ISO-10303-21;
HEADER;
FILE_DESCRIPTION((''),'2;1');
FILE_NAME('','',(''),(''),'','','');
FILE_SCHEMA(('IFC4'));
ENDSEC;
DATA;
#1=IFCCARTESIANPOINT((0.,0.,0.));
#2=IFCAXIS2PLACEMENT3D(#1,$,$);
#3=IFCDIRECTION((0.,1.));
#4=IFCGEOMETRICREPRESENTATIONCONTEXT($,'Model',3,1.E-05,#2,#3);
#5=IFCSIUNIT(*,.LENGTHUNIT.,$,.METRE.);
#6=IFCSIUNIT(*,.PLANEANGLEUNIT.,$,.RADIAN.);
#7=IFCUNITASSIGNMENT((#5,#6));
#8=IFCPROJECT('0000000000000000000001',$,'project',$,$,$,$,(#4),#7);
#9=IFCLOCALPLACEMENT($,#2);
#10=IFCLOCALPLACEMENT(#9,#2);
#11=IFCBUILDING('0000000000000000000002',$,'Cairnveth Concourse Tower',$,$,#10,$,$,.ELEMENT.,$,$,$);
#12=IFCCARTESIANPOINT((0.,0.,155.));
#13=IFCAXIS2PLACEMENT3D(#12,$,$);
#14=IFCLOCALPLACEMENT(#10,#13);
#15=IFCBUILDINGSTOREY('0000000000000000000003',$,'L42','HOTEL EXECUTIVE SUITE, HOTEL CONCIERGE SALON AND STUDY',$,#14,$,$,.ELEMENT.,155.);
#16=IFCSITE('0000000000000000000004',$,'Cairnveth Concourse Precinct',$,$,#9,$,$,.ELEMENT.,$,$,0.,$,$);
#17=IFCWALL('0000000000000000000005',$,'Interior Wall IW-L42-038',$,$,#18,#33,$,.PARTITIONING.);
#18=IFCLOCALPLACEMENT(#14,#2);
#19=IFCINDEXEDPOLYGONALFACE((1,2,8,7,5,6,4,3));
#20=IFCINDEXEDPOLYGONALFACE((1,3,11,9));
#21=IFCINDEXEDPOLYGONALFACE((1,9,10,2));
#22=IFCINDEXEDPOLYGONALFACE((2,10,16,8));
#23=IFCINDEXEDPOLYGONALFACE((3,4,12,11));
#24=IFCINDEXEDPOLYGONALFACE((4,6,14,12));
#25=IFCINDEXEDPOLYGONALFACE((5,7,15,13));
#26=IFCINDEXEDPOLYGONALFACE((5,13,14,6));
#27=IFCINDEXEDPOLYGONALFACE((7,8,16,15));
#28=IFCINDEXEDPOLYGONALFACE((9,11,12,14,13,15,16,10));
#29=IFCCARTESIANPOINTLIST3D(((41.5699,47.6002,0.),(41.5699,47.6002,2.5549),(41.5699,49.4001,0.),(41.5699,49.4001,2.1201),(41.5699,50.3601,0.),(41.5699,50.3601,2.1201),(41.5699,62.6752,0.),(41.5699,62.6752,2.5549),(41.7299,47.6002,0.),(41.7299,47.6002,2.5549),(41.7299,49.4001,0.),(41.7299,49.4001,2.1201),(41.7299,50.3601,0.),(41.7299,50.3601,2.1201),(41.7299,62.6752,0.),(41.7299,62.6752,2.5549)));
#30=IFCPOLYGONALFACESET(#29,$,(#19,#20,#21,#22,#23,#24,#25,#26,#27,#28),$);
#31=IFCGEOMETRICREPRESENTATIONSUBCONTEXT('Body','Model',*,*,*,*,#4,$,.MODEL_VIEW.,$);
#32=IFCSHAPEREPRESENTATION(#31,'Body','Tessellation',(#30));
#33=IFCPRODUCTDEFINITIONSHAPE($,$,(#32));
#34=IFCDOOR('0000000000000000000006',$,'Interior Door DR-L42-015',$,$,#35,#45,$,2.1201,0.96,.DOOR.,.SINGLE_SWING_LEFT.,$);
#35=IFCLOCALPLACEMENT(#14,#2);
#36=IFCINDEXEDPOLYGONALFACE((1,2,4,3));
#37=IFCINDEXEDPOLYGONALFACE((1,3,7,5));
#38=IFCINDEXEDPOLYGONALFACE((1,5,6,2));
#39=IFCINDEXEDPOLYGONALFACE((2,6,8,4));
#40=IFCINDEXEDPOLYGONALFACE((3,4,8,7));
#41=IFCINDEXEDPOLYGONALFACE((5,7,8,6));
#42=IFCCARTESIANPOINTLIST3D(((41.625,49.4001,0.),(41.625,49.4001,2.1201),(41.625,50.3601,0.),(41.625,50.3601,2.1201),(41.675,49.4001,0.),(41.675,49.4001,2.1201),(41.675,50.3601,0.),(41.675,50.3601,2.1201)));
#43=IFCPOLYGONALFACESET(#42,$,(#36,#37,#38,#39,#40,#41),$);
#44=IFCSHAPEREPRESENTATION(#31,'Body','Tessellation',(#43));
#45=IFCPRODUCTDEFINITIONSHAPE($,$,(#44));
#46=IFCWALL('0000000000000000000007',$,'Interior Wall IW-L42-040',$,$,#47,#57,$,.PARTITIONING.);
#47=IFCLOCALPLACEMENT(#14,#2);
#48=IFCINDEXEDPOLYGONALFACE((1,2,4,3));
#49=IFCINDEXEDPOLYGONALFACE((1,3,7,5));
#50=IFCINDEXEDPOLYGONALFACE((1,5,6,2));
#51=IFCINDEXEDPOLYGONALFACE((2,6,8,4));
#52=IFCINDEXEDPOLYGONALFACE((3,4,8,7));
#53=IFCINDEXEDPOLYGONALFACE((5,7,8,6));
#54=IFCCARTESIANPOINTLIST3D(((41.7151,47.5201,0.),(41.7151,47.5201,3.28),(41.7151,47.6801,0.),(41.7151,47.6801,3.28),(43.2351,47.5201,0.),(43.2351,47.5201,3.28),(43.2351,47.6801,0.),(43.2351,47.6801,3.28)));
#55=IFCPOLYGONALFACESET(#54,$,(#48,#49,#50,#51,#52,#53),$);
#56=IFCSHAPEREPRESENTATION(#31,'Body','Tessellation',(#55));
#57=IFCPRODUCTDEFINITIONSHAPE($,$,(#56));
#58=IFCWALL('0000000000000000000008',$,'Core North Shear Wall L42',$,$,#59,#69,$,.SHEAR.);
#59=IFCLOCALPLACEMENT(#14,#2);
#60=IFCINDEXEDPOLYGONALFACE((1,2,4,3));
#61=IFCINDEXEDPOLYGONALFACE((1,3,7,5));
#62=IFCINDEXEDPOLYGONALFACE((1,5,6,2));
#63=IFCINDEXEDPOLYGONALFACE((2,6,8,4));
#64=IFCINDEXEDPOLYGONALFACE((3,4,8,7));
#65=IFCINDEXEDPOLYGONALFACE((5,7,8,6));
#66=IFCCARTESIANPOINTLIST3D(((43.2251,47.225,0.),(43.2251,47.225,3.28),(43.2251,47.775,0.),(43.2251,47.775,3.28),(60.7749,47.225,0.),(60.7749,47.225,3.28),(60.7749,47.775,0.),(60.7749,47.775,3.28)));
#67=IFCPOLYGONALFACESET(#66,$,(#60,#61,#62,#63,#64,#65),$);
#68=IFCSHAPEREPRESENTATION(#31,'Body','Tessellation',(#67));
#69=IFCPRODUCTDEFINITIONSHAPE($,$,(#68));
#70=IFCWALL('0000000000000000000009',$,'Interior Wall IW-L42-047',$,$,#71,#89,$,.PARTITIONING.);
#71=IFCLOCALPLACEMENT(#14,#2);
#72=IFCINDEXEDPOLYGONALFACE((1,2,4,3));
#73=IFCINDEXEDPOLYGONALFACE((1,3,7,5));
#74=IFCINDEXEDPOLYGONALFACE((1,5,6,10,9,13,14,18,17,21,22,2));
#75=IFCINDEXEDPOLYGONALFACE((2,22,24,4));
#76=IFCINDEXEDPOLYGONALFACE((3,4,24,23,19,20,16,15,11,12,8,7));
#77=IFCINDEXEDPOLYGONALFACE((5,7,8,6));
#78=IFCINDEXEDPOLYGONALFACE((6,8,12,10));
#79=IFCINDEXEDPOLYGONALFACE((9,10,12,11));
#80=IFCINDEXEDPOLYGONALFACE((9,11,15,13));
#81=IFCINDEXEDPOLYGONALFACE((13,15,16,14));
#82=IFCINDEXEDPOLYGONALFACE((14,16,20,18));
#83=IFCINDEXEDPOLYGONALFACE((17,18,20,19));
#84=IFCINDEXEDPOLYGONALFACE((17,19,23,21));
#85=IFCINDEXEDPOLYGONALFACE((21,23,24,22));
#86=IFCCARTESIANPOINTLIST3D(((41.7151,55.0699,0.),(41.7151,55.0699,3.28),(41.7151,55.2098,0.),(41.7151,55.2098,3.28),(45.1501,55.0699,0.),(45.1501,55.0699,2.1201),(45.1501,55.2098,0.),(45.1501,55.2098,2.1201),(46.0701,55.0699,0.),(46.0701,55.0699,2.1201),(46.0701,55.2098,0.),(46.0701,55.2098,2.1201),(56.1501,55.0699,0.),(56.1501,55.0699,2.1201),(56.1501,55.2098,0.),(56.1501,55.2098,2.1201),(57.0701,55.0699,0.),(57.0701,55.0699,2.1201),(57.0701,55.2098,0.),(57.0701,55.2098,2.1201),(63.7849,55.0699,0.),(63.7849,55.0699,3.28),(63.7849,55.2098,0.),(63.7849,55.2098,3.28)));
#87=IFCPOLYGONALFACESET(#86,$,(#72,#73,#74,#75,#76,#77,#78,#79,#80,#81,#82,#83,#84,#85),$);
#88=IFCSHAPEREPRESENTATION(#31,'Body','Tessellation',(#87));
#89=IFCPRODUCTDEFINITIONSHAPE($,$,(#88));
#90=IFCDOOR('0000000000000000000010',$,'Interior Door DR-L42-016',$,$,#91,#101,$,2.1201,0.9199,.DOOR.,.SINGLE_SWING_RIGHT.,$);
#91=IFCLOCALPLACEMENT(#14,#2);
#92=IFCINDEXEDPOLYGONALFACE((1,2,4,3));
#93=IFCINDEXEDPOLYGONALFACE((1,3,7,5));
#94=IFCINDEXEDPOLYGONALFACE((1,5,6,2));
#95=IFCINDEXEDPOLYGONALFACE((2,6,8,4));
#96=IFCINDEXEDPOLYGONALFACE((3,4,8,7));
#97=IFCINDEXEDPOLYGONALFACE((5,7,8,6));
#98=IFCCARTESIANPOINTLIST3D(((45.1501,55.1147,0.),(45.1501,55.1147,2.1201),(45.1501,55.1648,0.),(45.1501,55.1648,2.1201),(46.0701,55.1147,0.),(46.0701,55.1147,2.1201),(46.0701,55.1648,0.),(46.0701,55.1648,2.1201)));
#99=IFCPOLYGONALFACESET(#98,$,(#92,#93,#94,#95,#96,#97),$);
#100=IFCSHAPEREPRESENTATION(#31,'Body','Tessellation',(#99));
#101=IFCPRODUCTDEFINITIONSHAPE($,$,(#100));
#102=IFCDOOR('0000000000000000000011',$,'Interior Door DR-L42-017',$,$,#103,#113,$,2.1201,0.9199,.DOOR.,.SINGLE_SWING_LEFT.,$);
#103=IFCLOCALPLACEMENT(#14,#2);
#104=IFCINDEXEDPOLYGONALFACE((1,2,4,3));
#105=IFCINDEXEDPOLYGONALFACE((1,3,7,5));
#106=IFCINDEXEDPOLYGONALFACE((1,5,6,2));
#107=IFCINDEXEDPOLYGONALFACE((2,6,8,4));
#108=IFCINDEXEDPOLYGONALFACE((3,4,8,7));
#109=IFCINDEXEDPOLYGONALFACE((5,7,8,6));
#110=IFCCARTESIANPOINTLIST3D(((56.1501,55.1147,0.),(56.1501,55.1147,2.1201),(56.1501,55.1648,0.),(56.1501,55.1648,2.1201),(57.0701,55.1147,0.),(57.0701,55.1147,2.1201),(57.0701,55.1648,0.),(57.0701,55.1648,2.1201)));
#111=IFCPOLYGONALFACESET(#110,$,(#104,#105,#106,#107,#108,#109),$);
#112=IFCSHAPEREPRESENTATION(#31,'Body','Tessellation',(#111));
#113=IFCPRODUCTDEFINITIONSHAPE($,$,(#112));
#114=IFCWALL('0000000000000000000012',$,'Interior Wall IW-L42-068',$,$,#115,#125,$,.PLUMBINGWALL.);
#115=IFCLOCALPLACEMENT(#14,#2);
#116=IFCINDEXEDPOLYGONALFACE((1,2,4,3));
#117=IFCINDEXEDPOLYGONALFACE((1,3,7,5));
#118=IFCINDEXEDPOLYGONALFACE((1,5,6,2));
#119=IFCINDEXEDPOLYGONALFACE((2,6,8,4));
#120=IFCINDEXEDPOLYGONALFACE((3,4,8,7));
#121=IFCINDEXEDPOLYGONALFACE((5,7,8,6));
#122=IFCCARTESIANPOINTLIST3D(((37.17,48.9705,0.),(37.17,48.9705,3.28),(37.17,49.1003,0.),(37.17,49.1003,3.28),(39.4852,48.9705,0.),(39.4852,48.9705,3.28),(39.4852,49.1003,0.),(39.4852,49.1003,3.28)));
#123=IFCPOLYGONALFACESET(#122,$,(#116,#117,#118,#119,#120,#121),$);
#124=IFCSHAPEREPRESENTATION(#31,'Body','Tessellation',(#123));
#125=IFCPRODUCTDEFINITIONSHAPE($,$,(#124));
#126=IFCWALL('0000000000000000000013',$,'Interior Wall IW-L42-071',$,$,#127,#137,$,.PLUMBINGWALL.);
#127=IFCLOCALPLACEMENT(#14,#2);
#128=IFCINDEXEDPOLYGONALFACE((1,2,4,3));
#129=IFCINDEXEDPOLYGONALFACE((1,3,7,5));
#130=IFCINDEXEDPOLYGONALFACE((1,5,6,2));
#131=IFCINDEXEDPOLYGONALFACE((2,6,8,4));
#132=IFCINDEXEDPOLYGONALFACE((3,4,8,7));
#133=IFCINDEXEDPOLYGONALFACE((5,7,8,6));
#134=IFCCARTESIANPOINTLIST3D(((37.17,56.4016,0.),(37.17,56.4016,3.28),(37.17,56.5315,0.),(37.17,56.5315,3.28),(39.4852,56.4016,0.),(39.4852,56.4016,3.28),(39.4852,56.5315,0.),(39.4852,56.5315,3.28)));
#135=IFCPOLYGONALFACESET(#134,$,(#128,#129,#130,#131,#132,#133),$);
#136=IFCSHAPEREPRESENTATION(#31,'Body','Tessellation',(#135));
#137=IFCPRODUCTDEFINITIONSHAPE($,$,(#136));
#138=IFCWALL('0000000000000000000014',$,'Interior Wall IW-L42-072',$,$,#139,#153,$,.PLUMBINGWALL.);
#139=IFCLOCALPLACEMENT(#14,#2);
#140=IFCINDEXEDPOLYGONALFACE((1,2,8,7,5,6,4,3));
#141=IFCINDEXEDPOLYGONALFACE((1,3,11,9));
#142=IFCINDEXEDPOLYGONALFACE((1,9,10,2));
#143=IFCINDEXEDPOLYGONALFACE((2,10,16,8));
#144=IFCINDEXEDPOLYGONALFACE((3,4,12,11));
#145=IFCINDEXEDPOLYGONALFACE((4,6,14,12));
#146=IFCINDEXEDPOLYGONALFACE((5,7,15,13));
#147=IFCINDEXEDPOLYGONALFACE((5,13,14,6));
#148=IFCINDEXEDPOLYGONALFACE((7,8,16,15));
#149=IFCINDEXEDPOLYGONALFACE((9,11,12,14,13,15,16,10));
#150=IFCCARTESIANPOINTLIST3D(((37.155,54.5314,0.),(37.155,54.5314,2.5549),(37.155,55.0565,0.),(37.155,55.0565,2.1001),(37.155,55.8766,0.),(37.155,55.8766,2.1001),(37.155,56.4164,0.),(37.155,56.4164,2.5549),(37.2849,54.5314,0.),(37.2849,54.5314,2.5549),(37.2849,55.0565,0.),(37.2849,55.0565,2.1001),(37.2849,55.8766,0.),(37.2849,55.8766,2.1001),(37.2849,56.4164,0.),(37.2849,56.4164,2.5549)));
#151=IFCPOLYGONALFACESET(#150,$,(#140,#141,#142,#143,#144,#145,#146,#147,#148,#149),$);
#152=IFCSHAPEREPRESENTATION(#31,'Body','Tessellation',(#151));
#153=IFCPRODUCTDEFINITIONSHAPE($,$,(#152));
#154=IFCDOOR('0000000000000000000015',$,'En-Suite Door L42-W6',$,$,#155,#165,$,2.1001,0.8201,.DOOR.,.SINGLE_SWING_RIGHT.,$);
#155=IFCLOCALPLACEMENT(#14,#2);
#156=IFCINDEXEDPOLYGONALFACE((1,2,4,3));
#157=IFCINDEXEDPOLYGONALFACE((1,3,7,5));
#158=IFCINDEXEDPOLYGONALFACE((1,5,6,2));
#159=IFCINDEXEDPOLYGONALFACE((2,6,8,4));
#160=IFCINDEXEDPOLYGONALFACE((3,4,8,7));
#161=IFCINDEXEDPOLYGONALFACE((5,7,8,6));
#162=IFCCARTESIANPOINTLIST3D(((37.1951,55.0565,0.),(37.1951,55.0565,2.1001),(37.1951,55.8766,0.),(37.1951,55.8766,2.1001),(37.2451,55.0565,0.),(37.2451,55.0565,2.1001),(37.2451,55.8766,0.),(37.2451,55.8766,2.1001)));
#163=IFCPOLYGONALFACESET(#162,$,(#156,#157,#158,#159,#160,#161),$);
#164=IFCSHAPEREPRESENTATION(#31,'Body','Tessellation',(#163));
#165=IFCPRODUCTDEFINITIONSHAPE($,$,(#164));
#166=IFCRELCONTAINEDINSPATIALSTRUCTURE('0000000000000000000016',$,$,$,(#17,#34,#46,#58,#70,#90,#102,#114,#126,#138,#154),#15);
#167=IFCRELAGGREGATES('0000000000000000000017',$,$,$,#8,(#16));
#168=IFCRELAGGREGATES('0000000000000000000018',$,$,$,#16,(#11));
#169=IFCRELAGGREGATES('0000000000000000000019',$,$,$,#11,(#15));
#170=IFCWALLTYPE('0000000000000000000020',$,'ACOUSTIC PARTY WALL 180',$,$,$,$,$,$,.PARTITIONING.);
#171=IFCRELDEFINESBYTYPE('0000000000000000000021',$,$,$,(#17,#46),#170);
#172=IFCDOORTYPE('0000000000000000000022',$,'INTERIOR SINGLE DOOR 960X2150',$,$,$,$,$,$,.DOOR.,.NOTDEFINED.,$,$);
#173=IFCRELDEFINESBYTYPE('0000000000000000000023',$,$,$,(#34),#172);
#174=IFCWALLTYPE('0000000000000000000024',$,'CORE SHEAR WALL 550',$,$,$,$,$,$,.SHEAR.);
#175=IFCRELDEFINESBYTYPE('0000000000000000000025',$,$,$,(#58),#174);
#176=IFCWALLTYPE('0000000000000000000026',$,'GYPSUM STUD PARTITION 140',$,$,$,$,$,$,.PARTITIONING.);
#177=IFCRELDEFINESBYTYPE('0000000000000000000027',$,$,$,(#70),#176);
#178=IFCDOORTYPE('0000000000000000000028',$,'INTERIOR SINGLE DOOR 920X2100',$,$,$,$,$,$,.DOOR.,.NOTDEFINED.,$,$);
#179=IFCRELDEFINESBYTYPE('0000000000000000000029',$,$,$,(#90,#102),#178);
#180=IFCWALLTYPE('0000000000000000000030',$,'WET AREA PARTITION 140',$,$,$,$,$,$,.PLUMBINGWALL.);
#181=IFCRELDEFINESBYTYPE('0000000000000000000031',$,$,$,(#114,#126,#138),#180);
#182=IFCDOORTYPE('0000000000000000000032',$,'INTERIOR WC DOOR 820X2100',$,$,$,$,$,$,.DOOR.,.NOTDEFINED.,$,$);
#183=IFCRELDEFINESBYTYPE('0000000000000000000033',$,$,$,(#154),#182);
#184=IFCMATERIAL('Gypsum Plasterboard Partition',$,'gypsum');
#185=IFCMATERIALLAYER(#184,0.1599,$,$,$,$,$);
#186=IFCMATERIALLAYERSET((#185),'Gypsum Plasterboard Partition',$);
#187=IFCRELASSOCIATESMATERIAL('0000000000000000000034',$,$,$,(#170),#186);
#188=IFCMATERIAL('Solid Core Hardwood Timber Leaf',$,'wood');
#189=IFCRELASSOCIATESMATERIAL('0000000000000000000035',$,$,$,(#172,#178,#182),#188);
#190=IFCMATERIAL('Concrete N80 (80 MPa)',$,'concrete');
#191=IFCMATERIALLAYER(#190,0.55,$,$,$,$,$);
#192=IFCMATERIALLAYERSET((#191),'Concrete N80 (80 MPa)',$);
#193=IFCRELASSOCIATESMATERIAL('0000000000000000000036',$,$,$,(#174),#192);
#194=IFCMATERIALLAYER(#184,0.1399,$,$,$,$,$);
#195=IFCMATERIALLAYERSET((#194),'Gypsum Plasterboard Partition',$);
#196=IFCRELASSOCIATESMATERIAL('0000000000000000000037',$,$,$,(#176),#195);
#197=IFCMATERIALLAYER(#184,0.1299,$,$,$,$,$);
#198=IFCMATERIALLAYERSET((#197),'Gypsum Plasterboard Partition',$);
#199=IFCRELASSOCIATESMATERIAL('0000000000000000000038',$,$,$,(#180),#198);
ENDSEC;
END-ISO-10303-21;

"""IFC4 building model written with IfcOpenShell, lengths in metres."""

from ifc_helpers import new_model, si_unit, direction, frame, frame_2d, origin, place, context, subcontext, project, spatial, rectangle, extrude, material, layer, layer_set, type_object, element, fill, save


model = new_model("IFC4")

# Units and contexts
model_context = context("Model", 3, precision=1e-05, world=origin(), true_north=direction((0.0, 1.0)))
body_context = subcontext(model_context, "Body", "Model", "MODEL_VIEW")
ifc_project = project(units=[si_unit("LENGTHUNIT", "METRE"), si_unit("PLANEANGLEUNIT", "RADIAN")], contexts=[model_context])

# Site, building, storey
site_placement = place(None, origin())
site = spatial("IfcSite", under=ifc_project, at=site_placement, Name="Cairnveth Concourse Precinct", CompositionType="ELEMENT", RefElevation=0.0)
building_placement = place(site_placement, origin())
building = spatial("IfcBuilding", under=site, at=building_placement, Name="Cairnveth Concourse Tower", CompositionType="ELEMENT")
storey_placement = place(building_placement, frame((0.0, 0.0, 155.0)))
storey = spatial("IfcBuildingStorey", under=building, at=storey_placement, Name="L42", Description="HOTEL EXECUTIVE SUITE, HOTEL CONCIERGE SALON AND STUDY", CompositionType="ELEMENT", Elevation=155.0)

# Wall, opening, door
ifc_material_1 = material(Name="Gypsum Plasterboard Partition", Category="gypsum")
ifc_layer_1 = layer(ifc_material_1, 0.1599)
ifc_layer_set_1 = layer_set([ifc_layer_1], Name="Gypsum Plasterboard Partition")
wall_type_1 = type_object("IfcWallType", Name="ACOUSTIC PARTY WALL 180", PredefinedType="PARTITIONING", material=ifc_layer_set_1)
wall_1_placement = place(storey_placement, frame((41.6499, 47.6001, 0.0), z_axis=(0.0, 0.0, 1.0), x_axis=(0.0, 1.0, 0.0)))
wall_1 = element("IfcWall", 1, at=wall_1_placement, inside=storey, type_object=wall_type_1, Name="Interior Wall IW-L42-038", PredefinedType="PARTITIONING", context=body_context, shape_type="SweptSolid", body=[
    extrude(rectangle(XDim=15.075, YDim=0.1599, at=frame_2d((7.5376, 0.0))), origin(), (0.0, 0.0, 1.0), 2.5549),
])
opening_1_placement = place(wall_1_placement, frame((1.8, 0.0, 0.0)))
opening_1 = element("IfcOpeningElement", 2, at=opening_1_placement, cuts=wall_1, PredefinedType="OPENING", context=body_context, shape_type="SweptSolid", body=[
    extrude(rectangle(XDim=0.96, YDim=2.1201, at=frame_2d((0.48, 1.0601))), frame((0.0, 0.0898, 0.0), z_axis=(0.0, -1.0, 0.0), x_axis=(1.0, 0.0, 0.0)), (0.0, 0.0, 1.0), 0.1799),
])
ifc_material_2 = material(Name="Solid Core Hardwood Timber Leaf", Category="wood")
door_type_1 = type_object("IfcDoorType", Name="INTERIOR SINGLE DOOR 960X2150", OperationType="NOTDEFINED", PredefinedType="DOOR", material=ifc_material_2)
door_1_placement = place(opening_1_placement, origin())
door_1 = element("IfcDoor", 3, at=door_1_placement, inside=storey, type_object=door_type_1, Name="Interior Door DR-L42-015", OperationType="SINGLE_SWING_LEFT", OverallHeight=2.1201, OverallWidth=0.96, PredefinedType="DOOR", context=body_context, shape_type="SweptSolid", body=[
    extrude(rectangle(XDim=0.96, YDim=2.1201, at=frame_2d((0.48, 1.0601))), frame((0.0, 0.0249, 0.0), z_axis=(0.0, -1.0, 0.0), x_axis=(1.0, 0.0, 0.0)), (0.0, 0.0, 1.0), 0.05),
])
fill(opening_1, door_1)

# Walls
wall_2_placement = place(storey_placement, frame((41.7151, 47.6001, 0.0), z_axis=(0.0, 0.0, 1.0), x_axis=(1.0, 0.0, 0.0)))
element("IfcWall", 4, at=wall_2_placement, inside=storey, type_object=wall_type_1, Name="Interior Wall IW-L42-040", PredefinedType="PARTITIONING", context=body_context, shape_type="SweptSolid", body=[
    extrude(rectangle(XDim=1.52, YDim=0.1599, at=frame_2d((0.76, 0.0))), origin(), (0.0, 0.0, 1.0), 3.28),
])
ifc_material_3 = material(Name="Concrete N80 (80 MPa)", Category="concrete")
ifc_layer_2 = layer(ifc_material_3, 0.55)
ifc_layer_set_2 = layer_set([ifc_layer_2], Name="Concrete N80 (80 MPa)")
wall_type_2 = type_object("IfcWallType", Name="CORE SHEAR WALL 550", PredefinedType="SHEAR", material=ifc_layer_set_2)
wall_3_placement = place(storey_placement, frame((43.2251, 47.5, 0.0), z_axis=(0.0, 0.0, 1.0), x_axis=(1.0, 0.0, 0.0)))
element("IfcWall", 5, at=wall_3_placement, inside=storey, type_object=wall_type_2, Name="Core North Shear Wall L42", PredefinedType="SHEAR", context=body_context, shape_type="SweptSolid", body=[
    extrude(rectangle(XDim=17.5498, YDim=0.55, at=frame_2d((8.7749, 0.0))), origin(), (0.0, 0.0, 1.0), 3.28),
])

# Wall, openings, doors
ifc_layer_3 = layer(ifc_material_1, 0.1399)
ifc_layer_set_3 = layer_set([ifc_layer_3], Name="Gypsum Plasterboard Partition")
wall_type_3 = type_object("IfcWallType", Name="GYPSUM STUD PARTITION 140", PredefinedType="PARTITIONING", material=ifc_layer_set_3)
wall_4_placement = place(storey_placement, frame((41.7151, 55.1399, 0.0), z_axis=(0.0, 0.0, 1.0), x_axis=(1.0, 0.0, 0.0)))
wall_4 = element("IfcWall", 6, at=wall_4_placement, inside=storey, type_object=wall_type_3, Name="Interior Wall IW-L42-047", PredefinedType="PARTITIONING", context=body_context, shape_type="SweptSolid", body=[
    extrude(rectangle(XDim=22.0698, YDim=0.1399, at=frame_2d((11.0349, 0.0))), origin(), (0.0, 0.0, 1.0), 3.28),
])
opening_2_placement = place(wall_4_placement, frame((3.4351, 0.0, 0.0)))
opening_2 = element("IfcOpeningElement", 7, at=opening_2_placement, cuts=wall_4, PredefinedType="OPENING", context=body_context, shape_type="SweptSolid", body=[
    extrude(rectangle(XDim=0.9199, YDim=2.1201, at=frame_2d((0.46, 1.0601))), frame((0.0, 0.0798, 0.0), z_axis=(0.0, -1.0, 0.0), x_axis=(1.0, 0.0, 0.0)), (0.0, 0.0, 1.0), 0.1599),
])
opening_3_placement = place(wall_4_placement, frame((14.4351, 0.0, 0.0)))
opening_3 = element("IfcOpeningElement", 8, at=opening_3_placement, cuts=wall_4, PredefinedType="OPENING", context=body_context, shape_type="SweptSolid", body=[
    extrude(rectangle(XDim=0.9199, YDim=2.1201, at=frame_2d((0.46, 1.0601))), frame((0.0, 0.0798, 0.0), z_axis=(0.0, -1.0, 0.0), x_axis=(1.0, 0.0, 0.0)), (0.0, 0.0, 1.0), 0.1599),
])
door_type_2 = type_object("IfcDoorType", Name="INTERIOR SINGLE DOOR 920X2100", OperationType="NOTDEFINED", PredefinedType="DOOR", material=ifc_material_2)
door_2_placement = place(opening_2_placement, origin())
door_2 = element("IfcDoor", 9, at=door_2_placement, inside=storey, type_object=door_type_2, Name="Interior Door DR-L42-016", OperationType="SINGLE_SWING_RIGHT", OverallHeight=2.1201, OverallWidth=0.9199, PredefinedType="DOOR", context=body_context, shape_type="SweptSolid", body=[
    extrude(rectangle(XDim=0.9199, YDim=2.1201, at=frame_2d((0.46, 1.0601))), frame((0.0, 0.0249, 0.0), z_axis=(0.0, -1.0, 0.0), x_axis=(1.0, 0.0, 0.0)), (0.0, 0.0, 1.0), 0.05),
])
fill(opening_2, door_2)
door_3_placement = place(opening_3_placement, origin())
door_3 = element("IfcDoor", 10, at=door_3_placement, inside=storey, type_object=door_type_2, Name="Interior Door DR-L42-017", OperationType="SINGLE_SWING_LEFT", OverallHeight=2.1201, OverallWidth=0.9199, PredefinedType="DOOR", context=body_context, shape_type="SweptSolid", body=[
    extrude(rectangle(XDim=0.9199, YDim=2.1201, at=frame_2d((0.46, 1.0601))), frame((0.0, 0.0249, 0.0), z_axis=(0.0, -1.0, 0.0), x_axis=(1.0, 0.0, 0.0)), (0.0, 0.0, 1.0), 0.05),
])
fill(opening_3, door_3)

# Walls
ifc_layer_4 = layer(ifc_material_1, 0.1299)
ifc_layer_set_4 = layer_set([ifc_layer_4], Name="Gypsum Plasterboard Partition")
wall_type_4 = type_object("IfcWallType", Name="WET AREA PARTITION 140", PredefinedType="PLUMBINGWALL", material=ifc_layer_set_4)
for number, where, z_axis, x_axis, name in (
    (11, (37.1699, 49.0354, 0.0), (0.0, 0.0, 1.0), (1.0, 0.0, 0.0), "Interior Wall IW-L42-068"),
    (12, (37.1699, 56.4666, 0.0), (0.0, 0.0, 1.0), (1.0, 0.0, 0.0), "Interior Wall IW-L42-071"),
):
    element("IfcWall", number, at=place(storey_placement, frame(where, z_axis=z_axis, x_axis=x_axis)), inside=storey, type_object=wall_type_4, Name=name, PredefinedType="PLUMBINGWALL", context=body_context, shape_type="SweptSolid", body=[
        extrude(rectangle(XDim=2.3152, YDim=0.1299, at=frame_2d((1.1577, 0.0))), origin(), (0.0, 0.0, 1.0), 3.28),
    ])

# Wall, opening, door
wall_5_placement = place(storey_placement, frame((37.22, 54.5315, 0.0), z_axis=(0.0, 0.0, 1.0), x_axis=(0.0, 1.0, 0.0)))
wall_5 = element("IfcWall", 13, at=wall_5_placement, inside=storey, type_object=wall_type_4, Name="Interior Wall IW-L42-072", PredefinedType="PLUMBINGWALL", context=body_context, shape_type="SweptSolid", body=[
    extrude(rectangle(XDim=1.885, YDim=0.1299, at=frame_2d((0.9424, 0.0))), origin(), (0.0, 0.0, 1.0), 2.5549),
])
opening_4_placement = place(wall_5_placement, frame((0.5249, 0.0, 0.0)))
opening_4 = element("IfcOpeningElement", 14, at=opening_4_placement, cuts=wall_5, PredefinedType="OPENING", context=body_context, shape_type="SweptSolid", body=[
    extrude(rectangle(XDim=0.8201, YDim=2.1001, at=frame_2d((0.4102, 1.05))), frame((0.0, 0.075, 0.0), z_axis=(0.0, -1.0, 0.0), x_axis=(1.0, 0.0, 0.0)), (0.0, 0.0, 1.0), 0.1499),
])
door_type_3 = type_object("IfcDoorType", Name="INTERIOR WC DOOR 820X2100", OperationType="NOTDEFINED", PredefinedType="DOOR", material=ifc_material_2)
door_4_placement = place(opening_4_placement, origin())
door_4 = element("IfcDoor", 15, at=door_4_placement, inside=storey, type_object=door_type_3, Name="En-Suite Door L42-W6", OperationType="SINGLE_SWING_RIGHT", OverallHeight=2.1001, OverallWidth=0.8201, PredefinedType="DOOR", context=body_context, shape_type="SweptSolid", body=[
    extrude(rectangle(XDim=0.8201, YDim=2.1001, at=frame_2d((0.4102, 1.05))), frame((0.0, 0.0249, 0.0), z_axis=(0.0, -1.0, 0.0), x_axis=(1.0, 0.0, 0.0)), (0.0, 0.0, 1.0), 0.05),
])
fill(opening_4, door_4)

save(model, "model.ifc")
